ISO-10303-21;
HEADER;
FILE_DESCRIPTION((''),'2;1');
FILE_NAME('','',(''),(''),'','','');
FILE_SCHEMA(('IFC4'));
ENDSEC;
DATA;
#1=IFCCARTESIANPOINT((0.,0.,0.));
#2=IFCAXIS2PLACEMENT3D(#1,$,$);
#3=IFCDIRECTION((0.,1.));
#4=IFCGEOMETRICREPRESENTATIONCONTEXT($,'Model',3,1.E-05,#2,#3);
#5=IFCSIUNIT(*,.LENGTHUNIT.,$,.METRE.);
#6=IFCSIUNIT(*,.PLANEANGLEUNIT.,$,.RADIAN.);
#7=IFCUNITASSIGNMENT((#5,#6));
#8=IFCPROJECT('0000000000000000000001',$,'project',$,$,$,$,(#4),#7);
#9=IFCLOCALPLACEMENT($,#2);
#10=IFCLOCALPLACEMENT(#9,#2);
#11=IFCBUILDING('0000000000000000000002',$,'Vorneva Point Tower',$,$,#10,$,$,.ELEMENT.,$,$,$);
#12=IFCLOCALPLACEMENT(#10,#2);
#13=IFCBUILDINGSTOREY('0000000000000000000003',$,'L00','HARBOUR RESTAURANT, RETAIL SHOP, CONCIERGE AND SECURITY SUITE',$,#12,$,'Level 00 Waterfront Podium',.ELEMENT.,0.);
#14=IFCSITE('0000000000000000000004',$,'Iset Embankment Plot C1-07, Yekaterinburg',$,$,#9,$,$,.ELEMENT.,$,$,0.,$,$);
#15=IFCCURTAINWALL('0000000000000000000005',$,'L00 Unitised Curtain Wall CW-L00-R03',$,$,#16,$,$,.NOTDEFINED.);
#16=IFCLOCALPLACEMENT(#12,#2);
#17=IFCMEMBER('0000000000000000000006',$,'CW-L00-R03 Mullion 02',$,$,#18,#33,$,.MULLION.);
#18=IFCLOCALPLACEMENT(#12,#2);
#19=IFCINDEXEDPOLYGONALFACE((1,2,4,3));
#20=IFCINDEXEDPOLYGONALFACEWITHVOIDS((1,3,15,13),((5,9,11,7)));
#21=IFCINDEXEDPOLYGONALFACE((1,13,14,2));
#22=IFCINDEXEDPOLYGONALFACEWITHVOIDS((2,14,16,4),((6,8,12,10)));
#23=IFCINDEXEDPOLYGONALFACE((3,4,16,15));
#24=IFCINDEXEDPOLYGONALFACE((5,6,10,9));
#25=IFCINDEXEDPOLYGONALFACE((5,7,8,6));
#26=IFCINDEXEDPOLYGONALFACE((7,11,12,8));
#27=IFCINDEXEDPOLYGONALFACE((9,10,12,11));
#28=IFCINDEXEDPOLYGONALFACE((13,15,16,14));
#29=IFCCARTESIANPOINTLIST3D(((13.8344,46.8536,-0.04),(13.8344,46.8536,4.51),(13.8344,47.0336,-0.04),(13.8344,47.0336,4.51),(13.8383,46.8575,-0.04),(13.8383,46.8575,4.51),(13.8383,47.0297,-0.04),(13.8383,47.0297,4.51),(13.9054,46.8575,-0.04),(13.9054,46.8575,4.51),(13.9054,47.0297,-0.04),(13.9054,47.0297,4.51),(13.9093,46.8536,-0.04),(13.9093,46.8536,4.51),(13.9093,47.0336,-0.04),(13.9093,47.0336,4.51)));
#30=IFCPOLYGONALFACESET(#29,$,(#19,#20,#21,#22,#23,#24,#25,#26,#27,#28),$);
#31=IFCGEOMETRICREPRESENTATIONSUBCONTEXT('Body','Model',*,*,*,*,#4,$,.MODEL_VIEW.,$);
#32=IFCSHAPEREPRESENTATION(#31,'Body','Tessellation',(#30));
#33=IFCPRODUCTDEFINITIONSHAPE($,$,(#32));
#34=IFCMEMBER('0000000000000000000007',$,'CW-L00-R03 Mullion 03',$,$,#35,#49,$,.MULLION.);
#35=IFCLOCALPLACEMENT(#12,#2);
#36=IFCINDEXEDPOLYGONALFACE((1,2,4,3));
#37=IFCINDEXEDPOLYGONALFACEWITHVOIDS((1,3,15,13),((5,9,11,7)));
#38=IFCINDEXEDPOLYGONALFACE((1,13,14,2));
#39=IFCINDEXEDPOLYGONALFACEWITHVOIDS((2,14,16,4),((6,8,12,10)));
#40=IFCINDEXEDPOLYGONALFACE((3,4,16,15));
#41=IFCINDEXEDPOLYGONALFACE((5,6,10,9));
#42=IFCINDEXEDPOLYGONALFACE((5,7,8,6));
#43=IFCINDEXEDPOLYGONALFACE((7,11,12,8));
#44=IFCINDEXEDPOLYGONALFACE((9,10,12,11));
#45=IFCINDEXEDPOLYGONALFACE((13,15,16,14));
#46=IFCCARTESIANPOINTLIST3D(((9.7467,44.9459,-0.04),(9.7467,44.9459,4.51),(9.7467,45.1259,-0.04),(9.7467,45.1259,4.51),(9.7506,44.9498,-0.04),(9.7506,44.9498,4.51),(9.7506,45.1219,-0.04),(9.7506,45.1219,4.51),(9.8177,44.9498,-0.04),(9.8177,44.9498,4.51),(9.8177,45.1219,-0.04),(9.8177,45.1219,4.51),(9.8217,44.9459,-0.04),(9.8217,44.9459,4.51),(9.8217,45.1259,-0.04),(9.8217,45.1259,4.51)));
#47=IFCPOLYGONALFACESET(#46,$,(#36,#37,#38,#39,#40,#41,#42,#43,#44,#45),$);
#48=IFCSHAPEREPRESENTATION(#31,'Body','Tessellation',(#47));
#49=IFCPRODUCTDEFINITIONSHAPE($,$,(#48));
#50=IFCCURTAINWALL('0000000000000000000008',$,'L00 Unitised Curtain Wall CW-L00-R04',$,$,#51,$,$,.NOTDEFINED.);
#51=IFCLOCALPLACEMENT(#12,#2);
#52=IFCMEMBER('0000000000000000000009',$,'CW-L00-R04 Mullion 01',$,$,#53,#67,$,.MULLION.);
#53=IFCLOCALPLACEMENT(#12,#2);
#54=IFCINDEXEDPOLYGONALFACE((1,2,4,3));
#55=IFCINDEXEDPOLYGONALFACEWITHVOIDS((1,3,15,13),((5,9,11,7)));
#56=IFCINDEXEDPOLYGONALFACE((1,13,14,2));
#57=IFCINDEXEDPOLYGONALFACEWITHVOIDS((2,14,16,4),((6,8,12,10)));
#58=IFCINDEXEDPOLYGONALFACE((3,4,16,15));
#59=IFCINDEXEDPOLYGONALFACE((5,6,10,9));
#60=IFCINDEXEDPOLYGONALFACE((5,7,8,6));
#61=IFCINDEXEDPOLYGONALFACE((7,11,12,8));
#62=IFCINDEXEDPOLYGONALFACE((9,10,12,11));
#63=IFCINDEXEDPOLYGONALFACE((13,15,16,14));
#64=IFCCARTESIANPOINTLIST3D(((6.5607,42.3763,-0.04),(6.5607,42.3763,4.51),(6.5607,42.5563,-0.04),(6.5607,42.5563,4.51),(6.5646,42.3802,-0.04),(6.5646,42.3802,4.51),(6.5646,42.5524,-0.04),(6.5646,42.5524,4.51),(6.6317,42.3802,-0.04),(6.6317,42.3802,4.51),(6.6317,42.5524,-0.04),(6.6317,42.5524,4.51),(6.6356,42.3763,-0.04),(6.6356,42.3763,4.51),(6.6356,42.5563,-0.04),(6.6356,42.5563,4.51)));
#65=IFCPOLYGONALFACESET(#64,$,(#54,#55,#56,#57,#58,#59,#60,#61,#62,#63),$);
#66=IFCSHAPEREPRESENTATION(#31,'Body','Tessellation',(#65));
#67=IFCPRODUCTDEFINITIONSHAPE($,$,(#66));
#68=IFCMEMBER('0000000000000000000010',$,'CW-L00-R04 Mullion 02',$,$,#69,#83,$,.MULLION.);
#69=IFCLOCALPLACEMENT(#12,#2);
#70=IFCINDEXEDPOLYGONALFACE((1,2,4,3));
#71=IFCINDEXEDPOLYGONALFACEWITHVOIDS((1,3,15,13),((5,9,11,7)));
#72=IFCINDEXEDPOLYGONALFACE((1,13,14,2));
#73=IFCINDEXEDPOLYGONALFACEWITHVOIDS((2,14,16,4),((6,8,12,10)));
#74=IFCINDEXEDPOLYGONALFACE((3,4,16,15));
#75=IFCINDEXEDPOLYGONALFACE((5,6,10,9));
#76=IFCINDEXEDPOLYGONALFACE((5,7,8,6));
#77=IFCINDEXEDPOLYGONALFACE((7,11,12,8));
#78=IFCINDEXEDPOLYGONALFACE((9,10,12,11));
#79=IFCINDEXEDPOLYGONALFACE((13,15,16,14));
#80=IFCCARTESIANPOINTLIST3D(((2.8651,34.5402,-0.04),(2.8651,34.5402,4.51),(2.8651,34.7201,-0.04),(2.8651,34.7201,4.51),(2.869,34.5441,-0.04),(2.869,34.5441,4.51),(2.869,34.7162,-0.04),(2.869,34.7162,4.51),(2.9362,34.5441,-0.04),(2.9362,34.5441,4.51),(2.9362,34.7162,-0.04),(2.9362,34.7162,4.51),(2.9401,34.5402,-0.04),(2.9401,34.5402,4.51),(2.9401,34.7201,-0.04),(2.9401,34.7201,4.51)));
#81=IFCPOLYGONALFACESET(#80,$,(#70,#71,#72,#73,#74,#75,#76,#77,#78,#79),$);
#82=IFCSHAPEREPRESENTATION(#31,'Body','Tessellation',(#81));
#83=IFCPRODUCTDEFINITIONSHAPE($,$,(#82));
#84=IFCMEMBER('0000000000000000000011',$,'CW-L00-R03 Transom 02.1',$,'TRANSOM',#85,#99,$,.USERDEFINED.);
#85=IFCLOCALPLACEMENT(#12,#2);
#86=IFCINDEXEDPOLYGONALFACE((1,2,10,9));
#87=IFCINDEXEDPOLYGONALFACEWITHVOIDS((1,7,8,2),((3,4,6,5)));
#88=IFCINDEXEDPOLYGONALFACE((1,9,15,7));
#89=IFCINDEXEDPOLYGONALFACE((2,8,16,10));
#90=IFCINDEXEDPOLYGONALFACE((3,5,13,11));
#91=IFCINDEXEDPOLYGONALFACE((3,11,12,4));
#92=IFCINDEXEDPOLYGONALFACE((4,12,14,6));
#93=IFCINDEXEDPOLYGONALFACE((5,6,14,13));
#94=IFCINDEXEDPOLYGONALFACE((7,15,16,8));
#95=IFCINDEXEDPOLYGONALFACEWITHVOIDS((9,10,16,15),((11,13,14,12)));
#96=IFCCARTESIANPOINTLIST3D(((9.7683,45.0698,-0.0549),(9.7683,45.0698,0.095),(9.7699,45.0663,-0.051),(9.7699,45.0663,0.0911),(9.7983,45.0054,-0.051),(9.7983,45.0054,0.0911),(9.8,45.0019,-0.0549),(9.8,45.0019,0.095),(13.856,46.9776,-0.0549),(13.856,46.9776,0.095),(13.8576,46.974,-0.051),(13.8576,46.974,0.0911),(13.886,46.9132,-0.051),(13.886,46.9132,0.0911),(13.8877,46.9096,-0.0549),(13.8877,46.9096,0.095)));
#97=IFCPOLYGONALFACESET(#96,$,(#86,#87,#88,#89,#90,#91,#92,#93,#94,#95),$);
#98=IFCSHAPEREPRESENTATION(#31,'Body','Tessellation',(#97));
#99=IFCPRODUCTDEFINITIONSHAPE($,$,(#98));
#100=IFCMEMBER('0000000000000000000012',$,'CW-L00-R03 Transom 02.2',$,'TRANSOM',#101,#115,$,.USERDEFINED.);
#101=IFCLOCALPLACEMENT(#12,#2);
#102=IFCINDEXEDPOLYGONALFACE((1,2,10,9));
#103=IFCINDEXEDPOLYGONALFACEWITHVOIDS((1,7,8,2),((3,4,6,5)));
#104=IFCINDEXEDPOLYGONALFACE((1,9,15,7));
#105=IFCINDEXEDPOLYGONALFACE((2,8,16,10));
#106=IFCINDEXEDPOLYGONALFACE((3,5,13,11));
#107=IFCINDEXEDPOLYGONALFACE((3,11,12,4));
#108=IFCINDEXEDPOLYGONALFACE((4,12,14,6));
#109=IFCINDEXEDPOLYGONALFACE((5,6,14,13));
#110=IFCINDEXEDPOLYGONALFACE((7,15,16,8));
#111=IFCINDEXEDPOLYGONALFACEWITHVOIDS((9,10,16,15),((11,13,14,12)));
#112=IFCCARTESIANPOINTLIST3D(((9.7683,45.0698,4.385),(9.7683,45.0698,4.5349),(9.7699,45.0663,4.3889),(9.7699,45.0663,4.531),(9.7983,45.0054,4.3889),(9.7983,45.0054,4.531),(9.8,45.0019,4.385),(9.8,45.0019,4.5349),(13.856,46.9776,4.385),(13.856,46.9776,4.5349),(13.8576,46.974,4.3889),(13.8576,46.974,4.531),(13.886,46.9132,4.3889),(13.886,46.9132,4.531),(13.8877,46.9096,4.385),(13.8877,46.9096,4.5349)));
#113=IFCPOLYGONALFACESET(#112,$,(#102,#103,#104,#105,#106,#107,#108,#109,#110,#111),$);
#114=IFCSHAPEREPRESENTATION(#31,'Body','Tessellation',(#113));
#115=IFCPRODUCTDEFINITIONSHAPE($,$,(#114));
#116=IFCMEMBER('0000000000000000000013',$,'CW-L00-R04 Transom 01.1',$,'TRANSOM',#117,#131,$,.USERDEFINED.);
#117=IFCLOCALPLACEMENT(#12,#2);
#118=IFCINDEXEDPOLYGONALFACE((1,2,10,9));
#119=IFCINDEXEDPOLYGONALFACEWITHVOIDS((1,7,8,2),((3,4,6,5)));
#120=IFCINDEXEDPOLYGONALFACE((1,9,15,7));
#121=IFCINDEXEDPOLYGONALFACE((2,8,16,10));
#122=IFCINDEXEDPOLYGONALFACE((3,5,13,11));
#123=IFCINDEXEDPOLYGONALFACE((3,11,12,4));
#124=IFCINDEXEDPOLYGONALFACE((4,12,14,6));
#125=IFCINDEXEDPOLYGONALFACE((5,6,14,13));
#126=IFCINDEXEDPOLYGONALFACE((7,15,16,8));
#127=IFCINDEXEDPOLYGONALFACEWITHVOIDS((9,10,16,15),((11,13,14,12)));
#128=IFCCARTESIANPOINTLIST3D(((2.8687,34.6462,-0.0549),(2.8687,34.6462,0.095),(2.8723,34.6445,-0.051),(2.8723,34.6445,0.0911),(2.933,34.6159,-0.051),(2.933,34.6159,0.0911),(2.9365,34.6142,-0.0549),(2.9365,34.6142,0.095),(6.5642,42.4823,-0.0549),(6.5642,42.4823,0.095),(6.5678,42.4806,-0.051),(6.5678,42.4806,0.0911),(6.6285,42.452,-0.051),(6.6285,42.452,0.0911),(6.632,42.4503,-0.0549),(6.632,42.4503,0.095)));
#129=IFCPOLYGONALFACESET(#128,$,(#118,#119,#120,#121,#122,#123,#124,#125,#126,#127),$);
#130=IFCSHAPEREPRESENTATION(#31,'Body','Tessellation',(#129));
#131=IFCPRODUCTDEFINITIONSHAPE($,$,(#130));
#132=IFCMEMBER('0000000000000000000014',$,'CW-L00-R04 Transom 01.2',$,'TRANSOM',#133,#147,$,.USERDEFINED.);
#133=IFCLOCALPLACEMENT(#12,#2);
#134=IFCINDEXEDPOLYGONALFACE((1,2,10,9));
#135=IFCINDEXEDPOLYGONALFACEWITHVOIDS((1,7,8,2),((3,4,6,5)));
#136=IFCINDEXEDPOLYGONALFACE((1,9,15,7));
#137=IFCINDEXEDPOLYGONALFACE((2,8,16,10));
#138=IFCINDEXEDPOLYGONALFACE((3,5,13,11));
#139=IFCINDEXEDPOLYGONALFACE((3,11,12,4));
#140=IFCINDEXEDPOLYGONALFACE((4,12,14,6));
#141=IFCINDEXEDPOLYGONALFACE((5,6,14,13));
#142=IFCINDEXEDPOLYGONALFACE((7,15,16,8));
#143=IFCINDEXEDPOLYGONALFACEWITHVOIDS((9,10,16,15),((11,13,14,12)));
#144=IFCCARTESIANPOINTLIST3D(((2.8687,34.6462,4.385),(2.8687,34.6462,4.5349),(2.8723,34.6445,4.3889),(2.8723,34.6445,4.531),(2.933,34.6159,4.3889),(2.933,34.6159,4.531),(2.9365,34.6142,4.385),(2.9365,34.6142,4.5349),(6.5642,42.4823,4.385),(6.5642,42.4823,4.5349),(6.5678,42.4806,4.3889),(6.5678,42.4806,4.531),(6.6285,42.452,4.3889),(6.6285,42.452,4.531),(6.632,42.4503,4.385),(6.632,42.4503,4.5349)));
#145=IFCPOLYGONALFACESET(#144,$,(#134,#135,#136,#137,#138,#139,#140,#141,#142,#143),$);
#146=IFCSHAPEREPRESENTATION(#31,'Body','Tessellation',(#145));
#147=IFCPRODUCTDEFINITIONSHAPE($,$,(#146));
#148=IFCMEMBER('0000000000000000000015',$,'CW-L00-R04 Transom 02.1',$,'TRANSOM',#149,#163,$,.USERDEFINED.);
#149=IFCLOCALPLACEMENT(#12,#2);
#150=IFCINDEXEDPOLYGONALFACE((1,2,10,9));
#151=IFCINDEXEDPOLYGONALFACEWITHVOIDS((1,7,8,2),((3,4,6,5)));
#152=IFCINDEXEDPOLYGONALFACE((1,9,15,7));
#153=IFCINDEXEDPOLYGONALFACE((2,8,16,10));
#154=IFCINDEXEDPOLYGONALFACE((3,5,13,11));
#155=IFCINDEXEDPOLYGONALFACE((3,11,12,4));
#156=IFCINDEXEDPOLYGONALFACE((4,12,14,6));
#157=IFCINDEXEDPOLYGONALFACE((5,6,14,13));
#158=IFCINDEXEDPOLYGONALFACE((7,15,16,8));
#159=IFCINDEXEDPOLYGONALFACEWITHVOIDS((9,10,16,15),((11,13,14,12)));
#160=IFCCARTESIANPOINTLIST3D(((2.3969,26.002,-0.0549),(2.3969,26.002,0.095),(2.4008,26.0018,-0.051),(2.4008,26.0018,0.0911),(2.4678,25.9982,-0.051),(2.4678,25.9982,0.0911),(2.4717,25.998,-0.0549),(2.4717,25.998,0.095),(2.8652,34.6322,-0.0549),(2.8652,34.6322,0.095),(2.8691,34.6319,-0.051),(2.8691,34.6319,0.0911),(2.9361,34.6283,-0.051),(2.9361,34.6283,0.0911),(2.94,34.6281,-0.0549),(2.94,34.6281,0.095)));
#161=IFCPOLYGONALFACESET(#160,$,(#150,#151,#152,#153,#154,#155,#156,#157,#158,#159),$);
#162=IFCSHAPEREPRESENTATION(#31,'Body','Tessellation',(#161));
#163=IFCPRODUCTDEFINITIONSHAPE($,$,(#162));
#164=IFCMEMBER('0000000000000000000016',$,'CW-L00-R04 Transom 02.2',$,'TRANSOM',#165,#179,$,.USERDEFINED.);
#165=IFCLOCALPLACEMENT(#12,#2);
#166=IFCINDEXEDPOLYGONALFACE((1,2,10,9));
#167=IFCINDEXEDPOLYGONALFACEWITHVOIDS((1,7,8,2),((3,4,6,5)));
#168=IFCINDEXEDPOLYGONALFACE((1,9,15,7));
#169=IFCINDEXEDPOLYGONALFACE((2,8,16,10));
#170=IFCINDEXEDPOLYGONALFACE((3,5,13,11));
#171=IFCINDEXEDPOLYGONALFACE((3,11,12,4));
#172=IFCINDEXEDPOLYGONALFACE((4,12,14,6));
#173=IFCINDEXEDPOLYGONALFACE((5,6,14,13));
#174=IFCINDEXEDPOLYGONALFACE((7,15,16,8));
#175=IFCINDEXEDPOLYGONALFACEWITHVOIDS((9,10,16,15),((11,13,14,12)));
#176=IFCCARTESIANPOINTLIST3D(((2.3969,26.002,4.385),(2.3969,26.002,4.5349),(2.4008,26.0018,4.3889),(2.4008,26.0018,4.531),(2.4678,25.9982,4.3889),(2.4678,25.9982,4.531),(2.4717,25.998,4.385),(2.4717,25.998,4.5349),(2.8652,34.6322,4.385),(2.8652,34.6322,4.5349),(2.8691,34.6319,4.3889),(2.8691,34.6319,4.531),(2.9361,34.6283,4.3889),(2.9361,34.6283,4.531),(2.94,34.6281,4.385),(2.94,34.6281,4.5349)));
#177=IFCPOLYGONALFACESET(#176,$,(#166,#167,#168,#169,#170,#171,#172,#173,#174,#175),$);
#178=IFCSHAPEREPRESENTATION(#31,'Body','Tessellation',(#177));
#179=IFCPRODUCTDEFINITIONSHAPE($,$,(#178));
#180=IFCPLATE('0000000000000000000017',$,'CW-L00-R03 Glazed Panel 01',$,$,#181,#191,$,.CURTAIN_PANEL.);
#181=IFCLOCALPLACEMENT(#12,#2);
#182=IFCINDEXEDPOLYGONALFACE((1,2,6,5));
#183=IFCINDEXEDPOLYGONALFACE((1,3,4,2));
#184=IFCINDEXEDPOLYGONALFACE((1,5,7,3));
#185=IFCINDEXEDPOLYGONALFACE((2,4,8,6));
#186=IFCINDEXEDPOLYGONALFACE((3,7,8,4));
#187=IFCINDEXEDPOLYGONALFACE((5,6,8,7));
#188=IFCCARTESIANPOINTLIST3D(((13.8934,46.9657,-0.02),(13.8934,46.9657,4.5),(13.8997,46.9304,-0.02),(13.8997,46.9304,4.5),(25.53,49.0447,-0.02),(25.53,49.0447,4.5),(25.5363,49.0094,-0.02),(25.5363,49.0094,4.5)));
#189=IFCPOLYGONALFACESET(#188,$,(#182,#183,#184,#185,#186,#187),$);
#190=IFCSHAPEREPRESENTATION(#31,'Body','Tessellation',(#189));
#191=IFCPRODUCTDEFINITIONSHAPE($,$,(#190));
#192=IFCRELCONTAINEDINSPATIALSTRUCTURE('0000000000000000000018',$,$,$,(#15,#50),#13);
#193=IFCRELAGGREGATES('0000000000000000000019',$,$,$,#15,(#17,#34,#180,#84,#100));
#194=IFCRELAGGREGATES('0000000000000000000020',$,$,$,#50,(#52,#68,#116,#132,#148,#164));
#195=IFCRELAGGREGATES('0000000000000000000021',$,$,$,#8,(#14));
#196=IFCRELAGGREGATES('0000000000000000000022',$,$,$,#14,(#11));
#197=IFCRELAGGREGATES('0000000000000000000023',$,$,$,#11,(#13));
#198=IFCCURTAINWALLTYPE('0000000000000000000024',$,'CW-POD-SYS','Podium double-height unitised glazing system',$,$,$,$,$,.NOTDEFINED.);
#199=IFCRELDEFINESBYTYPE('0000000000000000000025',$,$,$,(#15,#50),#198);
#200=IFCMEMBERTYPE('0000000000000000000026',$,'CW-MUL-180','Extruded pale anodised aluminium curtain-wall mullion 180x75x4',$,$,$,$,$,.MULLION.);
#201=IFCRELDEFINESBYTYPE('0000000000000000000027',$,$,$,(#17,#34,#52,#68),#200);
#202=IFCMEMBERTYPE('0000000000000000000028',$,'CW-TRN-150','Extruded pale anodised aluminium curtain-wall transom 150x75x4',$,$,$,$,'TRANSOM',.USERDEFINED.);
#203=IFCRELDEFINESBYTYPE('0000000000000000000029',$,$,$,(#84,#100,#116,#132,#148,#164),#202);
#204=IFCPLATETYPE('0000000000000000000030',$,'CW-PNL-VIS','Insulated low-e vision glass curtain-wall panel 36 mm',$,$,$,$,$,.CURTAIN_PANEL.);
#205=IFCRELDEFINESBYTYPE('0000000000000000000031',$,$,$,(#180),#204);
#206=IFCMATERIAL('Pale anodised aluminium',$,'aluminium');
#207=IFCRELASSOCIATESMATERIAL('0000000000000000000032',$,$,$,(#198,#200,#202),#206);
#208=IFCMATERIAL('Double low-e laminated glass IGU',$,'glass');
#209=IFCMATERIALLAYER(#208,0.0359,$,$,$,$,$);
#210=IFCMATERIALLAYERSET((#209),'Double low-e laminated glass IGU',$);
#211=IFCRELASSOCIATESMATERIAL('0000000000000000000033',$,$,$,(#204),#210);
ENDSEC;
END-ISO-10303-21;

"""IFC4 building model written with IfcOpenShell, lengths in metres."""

from ifc_helpers import new_model, si_unit, direction, frame, origin, origin_2d, place, context, subcontext, project, spatial, rectangle, hollow_rectangle, extrude, material, layer, layer_set, material_profile, profile_set, type_object, element, aggregate, save


model = new_model("IFC4")

# Units and contexts
model_context = context("Model", 3, precision=1e-05, world=origin(), true_north=direction((0.0, 1.0)))
body_context = subcontext(model_context, "Body", "Model", "MODEL_VIEW")
ifc_project = project(units=[si_unit("LENGTHUNIT", "METRE"), si_unit("PLANEANGLEUNIT", "RADIAN")], contexts=[model_context])

# Site, building, storey
site_placement = place(None, origin())
site = spatial("IfcSite", under=ifc_project, at=site_placement, Name="Iset Embankment Plot C1-07, Yekaterinburg", CompositionType="ELEMENT", RefElevation=0.0)
building_placement = place(site_placement, origin())
building = spatial("IfcBuilding", under=site, at=building_placement, Name="Vorneva Point Tower", CompositionType="ELEMENT")
storey_placement = place(building_placement, origin())
storey = spatial("IfcBuildingStorey", under=building, at=storey_placement, Name="L00", Description="HARBOUR RESTAURANT, RETAIL SHOP, CONCIERGE AND SECURITY SUITE", LongName="Level 00 Waterfront Podium", CompositionType="ELEMENT", Elevation=0.0)

# Curtain walls, members
ifc_material_1 = material(Name="Pale anodised aluminium", Category="aluminium")
curtain_wall_type = type_object("IfcCurtainWallType", Name="CW-POD-SYS", Description="Podium double-height unitised glazing system", PredefinedType="NOTDEFINED", material=ifc_material_1)
curtain_wall_1_placement = place(storey_placement, origin())
curtain_wall_1 = element("IfcCurtainWall", 1, at=curtain_wall_1_placement, inside=storey, type_object=curtain_wall_type, Name="L00 Unitised Curtain Wall CW-L00-R03", PredefinedType="NOTDEFINED")
ifc_material_profile_1 = material_profile(ifc_material_1, hollow_rectangle(XDim=0.075, YDim=0.1799, WallThickness=0.0039, at=origin_2d()), Name="AL-MUL 180x75x4")
ifc_profile_set_1 = profile_set([ifc_material_profile_1], Name="Pale anodised aluminium")
member_type_1 = type_object("IfcMemberType", Name="CW-MUL-180", Description="Extruded pale anodised aluminium curtain-wall mullion 180x75x4", PredefinedType="MULLION", material=ifc_profile_set_1)
member_1_placement = place(storey_placement, frame((13.8718, 46.9436, -0.04), z_axis=(0.0, 0.0, 1.0), x_axis=(1.0, 0.0, 0.0)))
member_1 = element("IfcMember", 2, at=member_1_placement, type_object=member_type_1, Name="CW-L00-R03 Mullion 02", PredefinedType="MULLION", context=body_context, shape_type="SweptSolid", body=[
    extrude(hollow_rectangle(XDim=0.075, YDim=0.1799, WallThickness=0.0039, at=origin_2d()), origin(), (0.0, 0.0, 1.0), 4.55),
])
member_2_placement = place(storey_placement, frame((9.7842, 45.0359, -0.04), z_axis=(0.0, 0.0, 1.0), x_axis=(1.0, 0.0, 0.0)))
member_2 = element("IfcMember", 3, at=member_2_placement, type_object=member_type_1, Name="CW-L00-R03 Mullion 03", PredefinedType="MULLION", context=body_context, shape_type="SweptSolid", body=[
    extrude(hollow_rectangle(XDim=0.075, YDim=0.1799, WallThickness=0.0039, at=origin_2d()), origin(), (0.0, 0.0, 1.0), 4.55),
])
curtain_wall_2_placement = place(storey_placement, origin())
curtain_wall_2 = element("IfcCurtainWall", 4, at=curtain_wall_2_placement, inside=storey, type_object=curtain_wall_type, Name="L00 Unitised Curtain Wall CW-L00-R04", PredefinedType="NOTDEFINED")
member_3_placement = place(storey_placement, frame((6.5981, 42.4663, -0.04), z_axis=(0.0, 0.0, 1.0), x_axis=(1.0, 0.0, 0.0)))
member_3 = element("IfcMember", 5, at=member_3_placement, type_object=member_type_1, Name="CW-L00-R04 Mullion 01", PredefinedType="MULLION", context=body_context, shape_type="SweptSolid", body=[
    extrude(hollow_rectangle(XDim=0.075, YDim=0.1799, WallThickness=0.0039, at=origin_2d()), origin(), (0.0, 0.0, 1.0), 4.55),
])
member_4_placement = place(storey_placement, frame((2.9026, 34.6301, -0.04), z_axis=(0.0, 0.0, 1.0), x_axis=(1.0, 0.0, 0.0)))
member_4 = element("IfcMember", 6, at=member_4_placement, type_object=member_type_1, Name="CW-L00-R04 Mullion 02", PredefinedType="MULLION", context=body_context, shape_type="SweptSolid", body=[
    extrude(hollow_rectangle(XDim=0.075, YDim=0.1799, WallThickness=0.0039, at=origin_2d()), origin(), (0.0, 0.0, 1.0), 4.55),
])

# Members
ifc_material_profile_2 = material_profile(ifc_material_1, hollow_rectangle(XDim=0.075, YDim=0.1499, WallThickness=0.0039, at=origin_2d()), Name="AL-TRN 150x75x4")
ifc_profile_set_2 = profile_set([ifc_material_profile_2], Name="Pale anodised aluminium")
member_type_2 = type_object("IfcMemberType", Name="CW-TRN-150", Description="Extruded pale anodised aluminium curtain-wall transom 150x75x4", ElementType="TRANSOM", PredefinedType="USERDEFINED", material=ifc_profile_set_2)
member_5_placement = place(storey_placement, frame((13.8718, 46.9436, 0.02), z_axis=(-0.906171, -0.422912, 0.0), x_axis=(0.422912, -0.906171, 0.0)))
member_5 = element("IfcMember", 7, at=member_5_placement, type_object=member_type_2, Name="CW-L00-R03 Transom 02.1", ObjectType="TRANSOM", PredefinedType="USERDEFINED", context=body_context, shape_type="SweptSolid", body=[
    extrude(hollow_rectangle(XDim=0.075, YDim=0.1499, WallThickness=0.0039, at=origin_2d()), origin(), (0.0, 0.0, 1.0), 4.511),
])
member_6_placement = place(storey_placement, frame((13.8718, 46.9436, 4.46), z_axis=(-0.906171, -0.422912, 0.0), x_axis=(0.422912, -0.906171, 0.0)))
member_6 = element("IfcMember", 8, at=member_6_placement, type_object=member_type_2, Name="CW-L00-R03 Transom 02.2", ObjectType="TRANSOM", PredefinedType="USERDEFINED", context=body_context, shape_type="SweptSolid", body=[
    extrude(hollow_rectangle(XDim=0.075, YDim=0.1499, WallThickness=0.0039, at=origin_2d()), origin(), (0.0, 0.0, 1.0), 4.511),
])
member_7_placement = place(storey_placement, frame((6.5981, 42.4663, 0.02), z_axis=(-0.426547, -0.904465, 0.0), x_axis=(0.904465, -0.426547, 0.0)))
member_7 = element("IfcMember", 9, at=member_7_placement, type_object=member_type_2, Name="CW-L00-R04 Transom 01.1", ObjectType="TRANSOM", PredefinedType="USERDEFINED", context=body_context, shape_type="SweptSolid", body=[
    extrude(hollow_rectangle(XDim=0.075, YDim=0.1499, WallThickness=0.0039, at=origin_2d()), origin(), (0.0, 0.0, 1.0), 8.6638),
])
member_8_placement = place(storey_placement, frame((6.5981, 42.4663, 4.46), z_axis=(-0.426547, -0.904465, 0.0), x_axis=(0.904465, -0.426547, 0.0)))
member_8 = element("IfcMember", 10, at=member_8_placement, type_object=member_type_2, Name="CW-L00-R04 Transom 01.2", ObjectType="TRANSOM", PredefinedType="USERDEFINED", context=body_context, shape_type="SweptSolid", body=[
    extrude(hollow_rectangle(XDim=0.075, YDim=0.1499, WallThickness=0.0039, at=origin_2d()), origin(), (0.0, 0.0, 1.0), 8.6638),
])
member_9_placement = place(storey_placement, frame((2.9026, 34.6301, 0.02), z_axis=(-0.054179, -0.998531, 0.0), x_axis=(0.998531, -0.054179, 0.0)))
member_9 = element("IfcMember", 11, at=member_9_placement, type_object=member_type_2, Name="CW-L00-R04 Transom 02.1", ObjectType="TRANSOM", PredefinedType="USERDEFINED", context=body_context, shape_type="SweptSolid", body=[
    extrude(hollow_rectangle(XDim=0.075, YDim=0.1499, WallThickness=0.0039, at=origin_2d()), origin(), (0.0, 0.0, 1.0), 8.6428),
])
member_10_placement = place(storey_placement, frame((2.9026, 34.6301, 4.46), z_axis=(-0.054179, -0.998531, 0.0), x_axis=(0.998531, -0.054179, 0.0)))
member_10 = element("IfcMember", 12, at=member_10_placement, type_object=member_type_2, Name="CW-L00-R04 Transom 02.2", ObjectType="TRANSOM", PredefinedType="USERDEFINED", context=body_context, shape_type="SweptSolid", body=[
    extrude(hollow_rectangle(XDim=0.075, YDim=0.1499, WallThickness=0.0039, at=origin_2d()), origin(), (0.0, 0.0, 1.0), 8.6428),
])

# Plate
ifc_material_2 = material(Name="Double low-e laminated glass IGU", Category="glass")
ifc_layer_1 = layer(ifc_material_2, 0.0359)
ifc_layer_set_1 = layer_set([ifc_layer_1], Name="Double low-e laminated glass IGU")
plate_type = type_object("IfcPlateType", Name="CW-PNL-VIS", Description="Insulated low-e vision glass curtain-wall panel 36 mm", PredefinedType="CURTAIN_PANEL", material=ifc_layer_set_1)
plate_1_placement = place(storey_placement, frame((19.7148, 47.9875, -0.02), z_axis=(0.0, 0.0, 1.0), x_axis=(-0.984411, -0.175882, 0.0)))
plate_1 = element("IfcPlate", 13, at=plate_1_placement, type_object=plate_type, Name="CW-L00-R03 Glazed Panel 01", PredefinedType="CURTAIN_PANEL", context=body_context, shape_type="SweptSolid", body=[
    extrude(rectangle(XDim=11.8208, YDim=0.0359, at=origin_2d()), origin(), (0.0, 0.0, 1.0), 4.52),
])
aggregate(curtain_wall_1, [member_1, member_2, plate_1, member_5, member_6])
aggregate(curtain_wall_2, [member_3, member_4, member_7, member_8, member_9, member_10])

save(model, "model.ifc")
